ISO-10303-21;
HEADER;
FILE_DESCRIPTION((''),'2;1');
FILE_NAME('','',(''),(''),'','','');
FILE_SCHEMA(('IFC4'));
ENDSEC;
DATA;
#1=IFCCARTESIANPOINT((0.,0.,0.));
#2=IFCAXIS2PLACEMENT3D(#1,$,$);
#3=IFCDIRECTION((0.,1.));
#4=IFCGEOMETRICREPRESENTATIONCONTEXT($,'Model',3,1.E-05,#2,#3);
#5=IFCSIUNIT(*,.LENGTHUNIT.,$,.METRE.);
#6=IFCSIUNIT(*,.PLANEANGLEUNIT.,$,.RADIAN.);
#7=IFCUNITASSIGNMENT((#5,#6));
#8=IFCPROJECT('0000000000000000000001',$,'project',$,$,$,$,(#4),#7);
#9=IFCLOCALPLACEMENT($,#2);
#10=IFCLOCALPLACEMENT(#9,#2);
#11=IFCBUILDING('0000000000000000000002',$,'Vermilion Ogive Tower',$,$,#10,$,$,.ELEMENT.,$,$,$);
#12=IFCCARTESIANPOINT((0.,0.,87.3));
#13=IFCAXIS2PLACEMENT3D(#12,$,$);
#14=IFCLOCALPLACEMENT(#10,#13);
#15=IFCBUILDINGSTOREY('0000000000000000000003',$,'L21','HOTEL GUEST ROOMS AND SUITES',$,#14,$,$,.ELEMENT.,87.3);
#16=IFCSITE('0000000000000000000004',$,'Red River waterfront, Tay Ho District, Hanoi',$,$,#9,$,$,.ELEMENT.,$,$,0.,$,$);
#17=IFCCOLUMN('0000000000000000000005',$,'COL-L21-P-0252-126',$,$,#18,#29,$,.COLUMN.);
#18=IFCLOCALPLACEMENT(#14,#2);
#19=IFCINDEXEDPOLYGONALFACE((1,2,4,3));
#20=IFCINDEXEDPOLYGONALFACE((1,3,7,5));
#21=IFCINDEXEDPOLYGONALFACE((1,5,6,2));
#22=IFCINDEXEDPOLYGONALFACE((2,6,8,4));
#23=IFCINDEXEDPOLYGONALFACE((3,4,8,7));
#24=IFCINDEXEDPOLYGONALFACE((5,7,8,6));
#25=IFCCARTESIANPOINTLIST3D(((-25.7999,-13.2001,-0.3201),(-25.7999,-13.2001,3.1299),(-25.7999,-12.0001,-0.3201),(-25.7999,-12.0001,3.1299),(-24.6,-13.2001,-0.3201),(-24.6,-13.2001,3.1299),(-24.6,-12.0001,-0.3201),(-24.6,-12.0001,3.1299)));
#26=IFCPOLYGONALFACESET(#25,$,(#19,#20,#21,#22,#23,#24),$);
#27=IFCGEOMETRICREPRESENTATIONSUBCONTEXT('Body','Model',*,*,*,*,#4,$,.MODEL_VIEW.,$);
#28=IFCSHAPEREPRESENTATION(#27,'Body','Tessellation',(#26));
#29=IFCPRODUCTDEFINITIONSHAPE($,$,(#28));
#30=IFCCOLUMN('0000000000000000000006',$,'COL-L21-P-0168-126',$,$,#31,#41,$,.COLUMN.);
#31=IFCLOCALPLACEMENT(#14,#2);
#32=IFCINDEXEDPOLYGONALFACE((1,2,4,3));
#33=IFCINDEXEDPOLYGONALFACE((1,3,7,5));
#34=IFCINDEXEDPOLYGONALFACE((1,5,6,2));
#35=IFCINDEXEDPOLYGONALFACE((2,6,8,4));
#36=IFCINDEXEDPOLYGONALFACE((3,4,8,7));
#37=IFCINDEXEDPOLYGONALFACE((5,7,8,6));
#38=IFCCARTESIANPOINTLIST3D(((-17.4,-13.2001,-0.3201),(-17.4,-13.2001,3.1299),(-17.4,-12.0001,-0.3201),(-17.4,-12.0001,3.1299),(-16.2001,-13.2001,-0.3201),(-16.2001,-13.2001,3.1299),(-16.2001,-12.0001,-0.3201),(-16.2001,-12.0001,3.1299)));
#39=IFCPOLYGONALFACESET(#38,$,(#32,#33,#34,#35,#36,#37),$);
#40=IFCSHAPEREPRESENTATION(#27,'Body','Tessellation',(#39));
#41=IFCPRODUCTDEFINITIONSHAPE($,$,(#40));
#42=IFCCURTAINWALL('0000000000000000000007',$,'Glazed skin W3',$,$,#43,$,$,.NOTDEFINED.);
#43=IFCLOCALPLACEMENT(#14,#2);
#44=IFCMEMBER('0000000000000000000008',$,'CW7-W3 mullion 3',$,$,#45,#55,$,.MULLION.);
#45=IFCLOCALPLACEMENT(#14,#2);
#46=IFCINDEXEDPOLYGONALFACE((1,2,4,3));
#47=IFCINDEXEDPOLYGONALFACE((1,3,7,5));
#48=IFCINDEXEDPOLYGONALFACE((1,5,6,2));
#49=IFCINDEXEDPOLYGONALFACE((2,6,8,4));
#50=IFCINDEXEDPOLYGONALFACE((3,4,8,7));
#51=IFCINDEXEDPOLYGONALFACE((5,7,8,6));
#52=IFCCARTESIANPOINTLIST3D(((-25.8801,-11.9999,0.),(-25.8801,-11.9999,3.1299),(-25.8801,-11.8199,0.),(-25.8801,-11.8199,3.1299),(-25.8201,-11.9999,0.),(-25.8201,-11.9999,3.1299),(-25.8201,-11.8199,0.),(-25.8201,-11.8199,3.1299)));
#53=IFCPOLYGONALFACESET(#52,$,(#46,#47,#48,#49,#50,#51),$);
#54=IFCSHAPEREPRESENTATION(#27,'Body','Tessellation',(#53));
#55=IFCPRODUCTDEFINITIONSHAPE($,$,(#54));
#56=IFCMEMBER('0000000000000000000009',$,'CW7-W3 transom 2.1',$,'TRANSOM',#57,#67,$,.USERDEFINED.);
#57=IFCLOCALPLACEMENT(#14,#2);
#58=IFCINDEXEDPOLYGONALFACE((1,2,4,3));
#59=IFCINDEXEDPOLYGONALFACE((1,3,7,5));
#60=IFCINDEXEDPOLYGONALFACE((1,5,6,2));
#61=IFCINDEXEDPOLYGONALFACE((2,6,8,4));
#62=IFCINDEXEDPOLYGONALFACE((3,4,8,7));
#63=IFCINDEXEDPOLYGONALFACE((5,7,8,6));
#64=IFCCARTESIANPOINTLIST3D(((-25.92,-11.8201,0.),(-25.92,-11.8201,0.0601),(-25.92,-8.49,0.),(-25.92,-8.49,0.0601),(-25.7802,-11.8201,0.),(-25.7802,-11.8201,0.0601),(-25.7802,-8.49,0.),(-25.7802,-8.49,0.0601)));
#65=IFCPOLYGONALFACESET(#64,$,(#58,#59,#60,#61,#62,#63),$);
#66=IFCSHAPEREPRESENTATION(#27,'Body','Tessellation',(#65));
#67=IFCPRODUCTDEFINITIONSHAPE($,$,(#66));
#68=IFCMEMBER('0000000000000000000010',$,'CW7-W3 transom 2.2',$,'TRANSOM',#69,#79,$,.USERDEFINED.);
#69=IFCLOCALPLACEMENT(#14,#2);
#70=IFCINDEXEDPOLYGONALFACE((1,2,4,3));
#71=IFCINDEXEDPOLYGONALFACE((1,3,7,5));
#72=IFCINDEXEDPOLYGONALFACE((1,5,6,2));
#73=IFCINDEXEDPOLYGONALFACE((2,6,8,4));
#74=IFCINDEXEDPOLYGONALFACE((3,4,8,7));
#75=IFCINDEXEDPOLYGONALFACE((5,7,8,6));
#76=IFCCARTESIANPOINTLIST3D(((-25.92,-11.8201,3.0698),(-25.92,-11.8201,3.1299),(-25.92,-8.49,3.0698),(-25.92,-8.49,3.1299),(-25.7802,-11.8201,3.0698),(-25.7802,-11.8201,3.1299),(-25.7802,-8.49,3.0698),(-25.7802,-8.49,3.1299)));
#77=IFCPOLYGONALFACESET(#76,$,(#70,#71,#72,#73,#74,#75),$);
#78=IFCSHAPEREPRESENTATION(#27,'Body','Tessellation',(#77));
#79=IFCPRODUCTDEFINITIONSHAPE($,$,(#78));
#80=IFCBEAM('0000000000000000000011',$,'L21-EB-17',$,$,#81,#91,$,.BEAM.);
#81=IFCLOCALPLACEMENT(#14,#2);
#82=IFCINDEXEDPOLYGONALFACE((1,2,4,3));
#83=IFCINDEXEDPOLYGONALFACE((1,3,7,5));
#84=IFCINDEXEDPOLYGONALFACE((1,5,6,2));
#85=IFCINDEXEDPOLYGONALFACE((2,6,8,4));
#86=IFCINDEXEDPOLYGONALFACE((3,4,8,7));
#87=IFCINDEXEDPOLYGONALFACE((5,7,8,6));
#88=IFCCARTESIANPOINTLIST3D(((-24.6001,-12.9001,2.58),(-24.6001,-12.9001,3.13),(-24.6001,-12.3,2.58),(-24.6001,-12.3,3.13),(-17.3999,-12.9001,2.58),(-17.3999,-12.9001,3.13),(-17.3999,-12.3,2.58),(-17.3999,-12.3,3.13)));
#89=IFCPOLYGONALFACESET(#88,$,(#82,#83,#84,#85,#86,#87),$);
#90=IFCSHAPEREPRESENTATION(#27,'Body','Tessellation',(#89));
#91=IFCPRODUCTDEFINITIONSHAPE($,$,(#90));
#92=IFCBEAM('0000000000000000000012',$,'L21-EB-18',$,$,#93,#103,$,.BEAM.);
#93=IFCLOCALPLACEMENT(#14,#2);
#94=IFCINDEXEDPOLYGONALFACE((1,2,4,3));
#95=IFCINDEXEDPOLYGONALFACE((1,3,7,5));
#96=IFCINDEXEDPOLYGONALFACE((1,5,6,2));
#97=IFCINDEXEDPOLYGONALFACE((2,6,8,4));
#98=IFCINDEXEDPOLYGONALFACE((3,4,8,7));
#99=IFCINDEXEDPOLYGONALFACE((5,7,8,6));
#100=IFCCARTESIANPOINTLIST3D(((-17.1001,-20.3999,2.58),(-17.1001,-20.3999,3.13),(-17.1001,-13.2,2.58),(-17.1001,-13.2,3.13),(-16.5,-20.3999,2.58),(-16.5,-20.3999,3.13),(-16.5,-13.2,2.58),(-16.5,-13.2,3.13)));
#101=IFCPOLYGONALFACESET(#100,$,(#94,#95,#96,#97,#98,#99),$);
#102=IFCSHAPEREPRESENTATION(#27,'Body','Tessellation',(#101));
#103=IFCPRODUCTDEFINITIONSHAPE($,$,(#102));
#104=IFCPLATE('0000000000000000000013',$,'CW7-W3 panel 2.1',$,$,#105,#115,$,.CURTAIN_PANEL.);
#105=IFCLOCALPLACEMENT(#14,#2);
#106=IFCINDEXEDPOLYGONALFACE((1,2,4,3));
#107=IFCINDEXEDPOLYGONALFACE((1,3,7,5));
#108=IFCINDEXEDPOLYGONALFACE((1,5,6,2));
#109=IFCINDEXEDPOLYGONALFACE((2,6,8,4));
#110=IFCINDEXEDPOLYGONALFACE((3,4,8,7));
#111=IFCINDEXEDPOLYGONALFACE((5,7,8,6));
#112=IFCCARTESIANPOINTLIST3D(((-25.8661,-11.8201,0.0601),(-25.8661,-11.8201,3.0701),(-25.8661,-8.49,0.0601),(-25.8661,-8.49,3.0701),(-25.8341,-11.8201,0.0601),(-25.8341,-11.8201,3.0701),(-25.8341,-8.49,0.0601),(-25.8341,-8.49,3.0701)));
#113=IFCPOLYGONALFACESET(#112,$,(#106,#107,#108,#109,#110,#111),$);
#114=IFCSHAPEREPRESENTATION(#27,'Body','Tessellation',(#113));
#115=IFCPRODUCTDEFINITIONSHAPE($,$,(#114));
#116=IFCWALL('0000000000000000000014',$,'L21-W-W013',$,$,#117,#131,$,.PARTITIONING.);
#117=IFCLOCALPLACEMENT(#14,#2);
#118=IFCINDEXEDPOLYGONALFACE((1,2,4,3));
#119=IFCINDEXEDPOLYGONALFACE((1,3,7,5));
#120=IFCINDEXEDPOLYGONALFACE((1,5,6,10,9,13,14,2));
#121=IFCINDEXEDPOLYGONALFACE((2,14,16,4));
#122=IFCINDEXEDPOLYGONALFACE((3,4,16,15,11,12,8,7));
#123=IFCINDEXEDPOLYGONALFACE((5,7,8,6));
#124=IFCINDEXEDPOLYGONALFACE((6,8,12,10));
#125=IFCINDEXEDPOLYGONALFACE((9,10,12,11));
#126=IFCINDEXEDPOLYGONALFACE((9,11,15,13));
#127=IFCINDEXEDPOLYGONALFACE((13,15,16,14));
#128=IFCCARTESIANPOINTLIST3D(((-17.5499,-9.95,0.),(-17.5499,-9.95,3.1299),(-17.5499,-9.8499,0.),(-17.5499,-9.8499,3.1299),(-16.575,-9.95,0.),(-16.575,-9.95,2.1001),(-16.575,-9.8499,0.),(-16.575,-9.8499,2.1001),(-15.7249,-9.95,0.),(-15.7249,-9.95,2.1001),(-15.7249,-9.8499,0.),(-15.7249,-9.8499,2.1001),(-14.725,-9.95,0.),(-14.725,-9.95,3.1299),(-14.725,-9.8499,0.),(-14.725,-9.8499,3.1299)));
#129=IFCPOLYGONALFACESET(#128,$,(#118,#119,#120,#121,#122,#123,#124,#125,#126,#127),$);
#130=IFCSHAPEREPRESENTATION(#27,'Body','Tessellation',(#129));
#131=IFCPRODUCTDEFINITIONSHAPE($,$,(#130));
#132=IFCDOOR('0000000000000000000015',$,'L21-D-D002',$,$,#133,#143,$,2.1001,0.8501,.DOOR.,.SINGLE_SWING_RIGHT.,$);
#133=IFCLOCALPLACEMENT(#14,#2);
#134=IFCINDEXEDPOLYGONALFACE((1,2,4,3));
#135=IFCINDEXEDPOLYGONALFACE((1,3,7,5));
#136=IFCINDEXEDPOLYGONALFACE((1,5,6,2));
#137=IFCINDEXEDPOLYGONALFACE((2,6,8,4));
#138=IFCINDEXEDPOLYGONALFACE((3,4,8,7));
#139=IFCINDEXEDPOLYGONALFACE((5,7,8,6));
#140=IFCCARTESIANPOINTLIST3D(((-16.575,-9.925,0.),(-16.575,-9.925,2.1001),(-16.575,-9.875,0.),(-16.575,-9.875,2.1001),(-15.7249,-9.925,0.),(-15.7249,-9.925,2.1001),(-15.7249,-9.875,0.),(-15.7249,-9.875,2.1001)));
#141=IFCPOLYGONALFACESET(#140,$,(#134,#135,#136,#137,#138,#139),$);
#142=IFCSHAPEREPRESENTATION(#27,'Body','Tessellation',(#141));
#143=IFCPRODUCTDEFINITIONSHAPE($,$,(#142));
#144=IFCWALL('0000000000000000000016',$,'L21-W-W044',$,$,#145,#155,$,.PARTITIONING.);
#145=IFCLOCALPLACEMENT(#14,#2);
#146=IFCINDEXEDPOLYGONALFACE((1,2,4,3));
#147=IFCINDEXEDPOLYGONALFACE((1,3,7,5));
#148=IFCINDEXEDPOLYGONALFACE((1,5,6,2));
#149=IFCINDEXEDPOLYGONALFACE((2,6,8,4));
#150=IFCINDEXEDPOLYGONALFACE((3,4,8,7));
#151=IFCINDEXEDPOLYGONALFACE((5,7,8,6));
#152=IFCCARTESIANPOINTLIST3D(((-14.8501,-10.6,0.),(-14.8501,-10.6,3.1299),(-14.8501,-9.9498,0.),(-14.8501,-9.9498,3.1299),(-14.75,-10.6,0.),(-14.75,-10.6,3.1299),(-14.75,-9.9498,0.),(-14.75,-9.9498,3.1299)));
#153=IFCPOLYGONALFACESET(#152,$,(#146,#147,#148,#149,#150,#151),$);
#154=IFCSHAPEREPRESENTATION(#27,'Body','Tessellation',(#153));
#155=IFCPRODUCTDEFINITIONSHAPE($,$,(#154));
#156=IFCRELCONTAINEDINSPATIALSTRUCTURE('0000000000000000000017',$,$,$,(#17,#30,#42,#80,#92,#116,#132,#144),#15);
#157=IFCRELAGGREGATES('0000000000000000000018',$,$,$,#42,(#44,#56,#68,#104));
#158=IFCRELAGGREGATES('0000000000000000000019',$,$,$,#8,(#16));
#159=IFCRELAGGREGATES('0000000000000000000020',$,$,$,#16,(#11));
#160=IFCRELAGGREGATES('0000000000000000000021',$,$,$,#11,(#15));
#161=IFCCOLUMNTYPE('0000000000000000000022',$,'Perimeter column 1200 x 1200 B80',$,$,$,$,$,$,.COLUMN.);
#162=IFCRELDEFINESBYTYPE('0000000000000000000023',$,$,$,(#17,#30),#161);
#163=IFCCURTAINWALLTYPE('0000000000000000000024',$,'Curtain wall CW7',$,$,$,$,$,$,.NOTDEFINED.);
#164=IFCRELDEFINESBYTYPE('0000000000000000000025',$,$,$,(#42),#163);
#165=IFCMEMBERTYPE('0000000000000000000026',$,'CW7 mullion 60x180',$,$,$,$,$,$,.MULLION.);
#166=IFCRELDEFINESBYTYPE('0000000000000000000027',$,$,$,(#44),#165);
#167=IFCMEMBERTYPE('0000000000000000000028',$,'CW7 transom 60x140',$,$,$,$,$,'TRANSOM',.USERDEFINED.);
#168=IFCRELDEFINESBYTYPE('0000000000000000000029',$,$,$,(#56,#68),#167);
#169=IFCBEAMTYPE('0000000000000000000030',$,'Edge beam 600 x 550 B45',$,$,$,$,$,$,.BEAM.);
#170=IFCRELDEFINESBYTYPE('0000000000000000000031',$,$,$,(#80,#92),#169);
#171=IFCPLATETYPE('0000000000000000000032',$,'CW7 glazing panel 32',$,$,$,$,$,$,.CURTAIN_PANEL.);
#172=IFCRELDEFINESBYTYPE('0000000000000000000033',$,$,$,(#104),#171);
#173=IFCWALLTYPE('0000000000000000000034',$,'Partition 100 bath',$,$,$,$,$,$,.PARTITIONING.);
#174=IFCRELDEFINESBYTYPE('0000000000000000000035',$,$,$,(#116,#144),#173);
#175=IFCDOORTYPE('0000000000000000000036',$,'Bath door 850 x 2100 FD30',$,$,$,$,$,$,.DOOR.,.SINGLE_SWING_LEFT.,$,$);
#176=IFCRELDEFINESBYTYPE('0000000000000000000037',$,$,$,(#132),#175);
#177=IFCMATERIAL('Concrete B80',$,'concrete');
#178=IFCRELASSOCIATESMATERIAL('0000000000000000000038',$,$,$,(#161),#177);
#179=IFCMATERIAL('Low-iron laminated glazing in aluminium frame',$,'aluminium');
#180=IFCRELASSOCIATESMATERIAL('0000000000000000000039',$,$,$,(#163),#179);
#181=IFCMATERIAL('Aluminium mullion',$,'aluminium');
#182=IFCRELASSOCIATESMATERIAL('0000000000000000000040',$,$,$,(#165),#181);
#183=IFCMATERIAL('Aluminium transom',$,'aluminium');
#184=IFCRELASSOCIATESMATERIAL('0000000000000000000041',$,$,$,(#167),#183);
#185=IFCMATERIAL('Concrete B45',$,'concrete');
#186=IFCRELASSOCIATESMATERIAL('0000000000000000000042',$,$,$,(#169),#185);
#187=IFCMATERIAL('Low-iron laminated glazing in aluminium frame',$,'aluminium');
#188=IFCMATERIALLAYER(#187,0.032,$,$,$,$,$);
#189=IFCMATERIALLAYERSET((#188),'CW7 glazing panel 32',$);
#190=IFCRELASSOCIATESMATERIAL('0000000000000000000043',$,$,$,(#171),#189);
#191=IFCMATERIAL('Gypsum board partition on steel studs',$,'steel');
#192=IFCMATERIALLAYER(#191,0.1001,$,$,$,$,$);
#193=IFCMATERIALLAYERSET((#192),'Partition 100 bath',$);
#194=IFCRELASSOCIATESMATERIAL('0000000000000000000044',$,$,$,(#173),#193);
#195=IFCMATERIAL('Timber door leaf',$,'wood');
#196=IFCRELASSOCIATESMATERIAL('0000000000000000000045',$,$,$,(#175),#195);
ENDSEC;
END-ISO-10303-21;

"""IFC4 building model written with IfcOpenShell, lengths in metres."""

from ifc_helpers import new_model, si_unit, direction, frame, frame_2d, origin, origin_2d, place, context, subcontext, project, spatial, rectangle, extrude, material, layer, layer_set, material_profile, profile_set, type_object, element, fill, aggregate, save


model = new_model("IFC4")

# Units and contexts
model_context = context("Model", 3, precision=1e-05, world=origin(), true_north=direction((0.0, 1.0)))
body_context = subcontext(model_context, "Body", "Model", "MODEL_VIEW")
ifc_project = project(units=[si_unit("LENGTHUNIT", "METRE"), si_unit("PLANEANGLEUNIT", "RADIAN")], contexts=[model_context])

# Site, building, storey
site_placement = place(None, origin())
site = spatial("IfcSite", under=ifc_project, at=site_placement, Name="Red River waterfront, Tay Ho District, Hanoi", CompositionType="ELEMENT", RefElevation=0.0)
building_placement = place(site_placement, origin())
building = spatial("IfcBuilding", under=site, at=building_placement, Name="Vermilion Ogive Tower", CompositionType="ELEMENT")
storey_placement = place(building_placement, frame((0.0, 0.0, 87.3)))
storey = spatial("IfcBuildingStorey", under=building, at=storey_placement, Name="L21", Description="HOTEL GUEST ROOMS AND SUITES", CompositionType="ELEMENT", Elevation=87.3)

# Columns
ifc_material_1 = material(Name="Concrete B80", Category="concrete")
ifc_material_profile_1 = material_profile(ifc_material_1, rectangle(XDim=1.2, YDim=1.2, at=origin_2d()), Name="1200 x 1200")
ifc_profile_set_1 = profile_set([ifc_material_profile_1], Name="Concrete B80")
column_type = type_object("IfcColumnType", Name="Perimeter column 1200 x 1200 B80", PredefinedType="COLUMN", material=ifc_profile_set_1)
for number, where, z_axis, x_axis, name in (
    (1, (-25.2, -12.6001, -0.3201), (0.0, 0.0, 1.0), (1.0, 0.0, 0.0), "COL-L21-P-0252-126"),
    (2, (-16.8, -12.6001, -0.3201), (0.0, 0.0, 1.0), (1.0, 0.0, 0.0), "COL-L21-P-0168-126"),
):
    element("IfcColumn", number, at=place(storey_placement, frame(where, z_axis=z_axis, x_axis=x_axis)), inside=storey, type_object=column_type, Name=name, PredefinedType="COLUMN", context=body_context, shape_type="SweptSolid", body=[
        extrude(rectangle(XDim=1.2, YDim=1.2, at=origin_2d()), origin(), (0.0, 0.0, 1.0), 3.45),
    ])

# Curtain wall, members
ifc_material_2 = material(Name="Low-iron laminated glazing in aluminium frame", Category="aluminium")
curtain_wall_type = type_object("IfcCurtainWallType", Name="Curtain wall CW7", PredefinedType="NOTDEFINED", material=ifc_material_2)
curtain_wall_placement = place(storey_placement, origin())
curtain_wall = element("IfcCurtainWall", 3, at=curtain_wall_placement, inside=storey, type_object=curtain_wall_type, Name="Glazed skin W3", PredefinedType="NOTDEFINED")
ifc_material_3 = material(Name="Aluminium mullion", Category="aluminium")
ifc_material_profile_2 = material_profile(ifc_material_3, rectangle(XDim=0.0601, YDim=0.1799, at=origin_2d()), Name="AL 60x180")
ifc_profile_set_2 = profile_set([ifc_material_profile_2], Name="Aluminium mullion")
member_type_1 = type_object("IfcMemberType", Name="CW7 mullion 60x180", PredefinedType="MULLION", material=ifc_profile_set_2)
member_1_placement = place(storey_placement, frame((-25.8501, -11.9099, 0.0), z_axis=(0.0, 0.0, 1.0), x_axis=(1.0, 0.0, 0.0)))
member_1 = element("IfcMember", 4, at=member_1_placement, type_object=member_type_1, Name="CW7-W3 mullion 3", PredefinedType="MULLION", context=body_context, shape_type="SweptSolid", body=[
    extrude(rectangle(XDim=0.0601, YDim=0.1799, at=origin_2d()), origin(), (0.0, 0.0, 1.0), 3.1299),
])
ifc_material_4 = material(Name="Aluminium transom", Category="aluminium")
ifc_material_profile_3 = material_profile(ifc_material_4, rectangle(XDim=0.1399, YDim=0.0601, at=origin_2d()), Name="AL 60x140")
ifc_profile_set_3 = profile_set([ifc_material_profile_3], Name="Aluminium transom")
member_type_2 = type_object("IfcMemberType", Name="CW7 transom 60x140", ElementType="TRANSOM", PredefinedType="USERDEFINED", material=ifc_profile_set_3)
member_2_placement = place(storey_placement, frame((-25.8501, -8.49, 0.03), z_axis=(0.0, -1.0, 0.0), x_axis=(1.0, 0.0, 0.0)))
member_2 = element("IfcMember", 5, at=member_2_placement, type_object=member_type_2, Name="CW7-W3 transom 2.1", ObjectType="TRANSOM", PredefinedType="USERDEFINED", context=body_context, shape_type="SweptSolid", body=[
    extrude(rectangle(XDim=0.1399, YDim=0.0601, at=origin_2d()), origin(), (0.0, 0.0, 1.0), 3.3301),
])
member_3_placement = place(storey_placement, frame((-25.8501, -8.49, 3.0999), z_axis=(0.0, -1.0, 0.0), x_axis=(1.0, 0.0, 0.0)))
member_3 = element("IfcMember", 6, at=member_3_placement, type_object=member_type_2, Name="CW7-W3 transom 2.2", ObjectType="TRANSOM", PredefinedType="USERDEFINED", context=body_context, shape_type="SweptSolid", body=[
    extrude(rectangle(XDim=0.1399, YDim=0.0601, at=origin_2d()), origin(), (0.0, 0.0, 1.0), 3.3301),
])

# Beams
ifc_material_5 = material(Name="Concrete B45", Category="concrete")
ifc_material_profile_4 = material_profile(ifc_material_5, rectangle(XDim=0.6001, YDim=0.55, at=origin_2d()), Name="600 x 550")
ifc_profile_set_4 = profile_set([ifc_material_profile_4], Name="Concrete B45")
beam_type = type_object("IfcBeamType", Name="Edge beam 600 x 550 B45", PredefinedType="BEAM", material=ifc_profile_set_4)
beam_1_placement = place(storey_placement, frame((-24.6001, -12.6001, 2.855), z_axis=(1.0, 0.0, 0.0), x_axis=(0.0, 1.0, 0.0)))
element("IfcBeam", 7, at=beam_1_placement, inside=storey, type_object=beam_type, Name="L21-EB-17", PredefinedType="BEAM", context=body_context, shape_type="SweptSolid", body=[
    extrude(rectangle(XDim=0.6001, YDim=0.55, at=origin_2d()), origin(), (0.0, 0.0, 1.0), 7.2002),
])
beam_2_placement = place(storey_placement, frame((-16.8, -13.2, 2.855), z_axis=(0.0, -1.0, 0.0), x_axis=(1.0, 0.0, 0.0)))
element("IfcBeam", 8, at=beam_2_placement, inside=storey, type_object=beam_type, Name="L21-EB-18", PredefinedType="BEAM", context=body_context, shape_type="SweptSolid", body=[
    extrude(rectangle(XDim=0.6001, YDim=0.55, at=origin_2d()), origin(), (0.0, 0.0, 1.0), 7.2),
])

# Plate
ifc_material_6 = material(Name="Low-iron laminated glazing in aluminium frame", Category="aluminium")
ifc_layer_1 = layer(ifc_material_6, 0.032)
ifc_layer_set_1 = layer_set([ifc_layer_1], Name="CW7 glazing panel 32")
plate_type = type_object("IfcPlateType", Name="CW7 glazing panel 32", PredefinedType="CURTAIN_PANEL", material=ifc_layer_set_1)
plate_placement = place(storey_placement, frame((-25.8501, -10.155, 0.0601), z_axis=(0.0, 0.0, 1.0), x_axis=(0.0, -1.0, 0.0)))
plate = element("IfcPlate", 9, at=plate_placement, type_object=plate_type, Name="CW7-W3 panel 2.1", PredefinedType="CURTAIN_PANEL", context=body_context, shape_type="SweptSolid", body=[
    extrude(rectangle(XDim=3.3301, YDim=0.032, at=origin_2d()), origin(), (0.0, 0.0, 1.0), 3.01),
])
aggregate(curtain_wall, [member_1, member_2, member_3, plate])

# Wall, opening, door
ifc_material_7 = material(Name="Gypsum board partition on steel studs", Category="steel")
ifc_layer_2 = layer(ifc_material_7, 0.1001)
ifc_layer_set_2 = layer_set([ifc_layer_2], Name="Partition 100 bath")
wall_type_1 = type_object("IfcWallType", Name="Partition 100 bath", PredefinedType="PARTITIONING", material=ifc_layer_set_2)
wall_1_placement = place(storey_placement, frame((-17.55, -9.8999, 0.0), z_axis=(0.0, 0.0, 1.0), x_axis=(1.0, 0.0, 0.0)))
wall_1 = element("IfcWall", 10, at=wall_1_placement, inside=storey, type_object=wall_type_1, Name="L21-W-W013", PredefinedType="PARTITIONING", context=body_context, shape_type="SweptSolid", body=[
    extrude(rectangle(XDim=2.825, YDim=0.1001, at=frame_2d((1.4126, 0.0))), origin(), (0.0, 0.0, 1.0), 3.1299),
])
opening_1_placement = place(wall_1_placement, frame((0.9751, 0.0, 0.0)))
opening_1 = element("IfcOpeningElement", 11, at=opening_1_placement, cuts=wall_1, PredefinedType="OPENING", context=body_context, shape_type="SweptSolid", body=[
    extrude(rectangle(XDim=0.8501, YDim=2.1001, at=frame_2d((0.425, 1.05))), frame((0.0, 0.0601, 0.0), z_axis=(0.0, -1.0, 0.0), x_axis=(1.0, 0.0, 0.0)), (0.0, 0.0, 1.0), 0.1201),
])
ifc_material_8 = material(Name="Timber door leaf", Category="wood")
door_type_1 = type_object("IfcDoorType", Name="Bath door 850 x 2100 FD30", OperationType="SINGLE_SWING_LEFT", PredefinedType="DOOR", material=ifc_material_8)
door_1_placement = place(opening_1_placement, origin())
door_1 = element("IfcDoor", 12, at=door_1_placement, inside=storey, type_object=door_type_1, Name="L21-D-D002", OperationType="SINGLE_SWING_RIGHT", OverallHeight=2.1001, OverallWidth=0.8501, PredefinedType="DOOR", context=body_context, shape_type="SweptSolid", body=[
    extrude(rectangle(XDim=0.8501, YDim=2.1001, at=frame_2d((0.425, 1.05))), frame((0.0, 0.0249, 0.0), z_axis=(0.0, -1.0, 0.0), x_axis=(1.0, 0.0, 0.0)), (0.0, 0.0, 1.0), 0.05),
])
fill(opening_1, door_1)

# Wall
wall_2_placement = place(storey_placement, frame((-14.8, -10.6001, 0.0), z_axis=(0.0, 0.0, 1.0), x_axis=(0.0, 1.0, 0.0)))
element("IfcWall", 13, at=wall_2_placement, inside=storey, type_object=wall_type_1, Name="L21-W-W044", PredefinedType="PARTITIONING", context=body_context, shape_type="SweptSolid", body=[
    extrude(rectangle(XDim=0.6501, YDim=0.1001, at=frame_2d((0.3252, 0.0))), origin(), (0.0, 0.0, 1.0), 3.1299),
])

save(model, "model.ifc")
